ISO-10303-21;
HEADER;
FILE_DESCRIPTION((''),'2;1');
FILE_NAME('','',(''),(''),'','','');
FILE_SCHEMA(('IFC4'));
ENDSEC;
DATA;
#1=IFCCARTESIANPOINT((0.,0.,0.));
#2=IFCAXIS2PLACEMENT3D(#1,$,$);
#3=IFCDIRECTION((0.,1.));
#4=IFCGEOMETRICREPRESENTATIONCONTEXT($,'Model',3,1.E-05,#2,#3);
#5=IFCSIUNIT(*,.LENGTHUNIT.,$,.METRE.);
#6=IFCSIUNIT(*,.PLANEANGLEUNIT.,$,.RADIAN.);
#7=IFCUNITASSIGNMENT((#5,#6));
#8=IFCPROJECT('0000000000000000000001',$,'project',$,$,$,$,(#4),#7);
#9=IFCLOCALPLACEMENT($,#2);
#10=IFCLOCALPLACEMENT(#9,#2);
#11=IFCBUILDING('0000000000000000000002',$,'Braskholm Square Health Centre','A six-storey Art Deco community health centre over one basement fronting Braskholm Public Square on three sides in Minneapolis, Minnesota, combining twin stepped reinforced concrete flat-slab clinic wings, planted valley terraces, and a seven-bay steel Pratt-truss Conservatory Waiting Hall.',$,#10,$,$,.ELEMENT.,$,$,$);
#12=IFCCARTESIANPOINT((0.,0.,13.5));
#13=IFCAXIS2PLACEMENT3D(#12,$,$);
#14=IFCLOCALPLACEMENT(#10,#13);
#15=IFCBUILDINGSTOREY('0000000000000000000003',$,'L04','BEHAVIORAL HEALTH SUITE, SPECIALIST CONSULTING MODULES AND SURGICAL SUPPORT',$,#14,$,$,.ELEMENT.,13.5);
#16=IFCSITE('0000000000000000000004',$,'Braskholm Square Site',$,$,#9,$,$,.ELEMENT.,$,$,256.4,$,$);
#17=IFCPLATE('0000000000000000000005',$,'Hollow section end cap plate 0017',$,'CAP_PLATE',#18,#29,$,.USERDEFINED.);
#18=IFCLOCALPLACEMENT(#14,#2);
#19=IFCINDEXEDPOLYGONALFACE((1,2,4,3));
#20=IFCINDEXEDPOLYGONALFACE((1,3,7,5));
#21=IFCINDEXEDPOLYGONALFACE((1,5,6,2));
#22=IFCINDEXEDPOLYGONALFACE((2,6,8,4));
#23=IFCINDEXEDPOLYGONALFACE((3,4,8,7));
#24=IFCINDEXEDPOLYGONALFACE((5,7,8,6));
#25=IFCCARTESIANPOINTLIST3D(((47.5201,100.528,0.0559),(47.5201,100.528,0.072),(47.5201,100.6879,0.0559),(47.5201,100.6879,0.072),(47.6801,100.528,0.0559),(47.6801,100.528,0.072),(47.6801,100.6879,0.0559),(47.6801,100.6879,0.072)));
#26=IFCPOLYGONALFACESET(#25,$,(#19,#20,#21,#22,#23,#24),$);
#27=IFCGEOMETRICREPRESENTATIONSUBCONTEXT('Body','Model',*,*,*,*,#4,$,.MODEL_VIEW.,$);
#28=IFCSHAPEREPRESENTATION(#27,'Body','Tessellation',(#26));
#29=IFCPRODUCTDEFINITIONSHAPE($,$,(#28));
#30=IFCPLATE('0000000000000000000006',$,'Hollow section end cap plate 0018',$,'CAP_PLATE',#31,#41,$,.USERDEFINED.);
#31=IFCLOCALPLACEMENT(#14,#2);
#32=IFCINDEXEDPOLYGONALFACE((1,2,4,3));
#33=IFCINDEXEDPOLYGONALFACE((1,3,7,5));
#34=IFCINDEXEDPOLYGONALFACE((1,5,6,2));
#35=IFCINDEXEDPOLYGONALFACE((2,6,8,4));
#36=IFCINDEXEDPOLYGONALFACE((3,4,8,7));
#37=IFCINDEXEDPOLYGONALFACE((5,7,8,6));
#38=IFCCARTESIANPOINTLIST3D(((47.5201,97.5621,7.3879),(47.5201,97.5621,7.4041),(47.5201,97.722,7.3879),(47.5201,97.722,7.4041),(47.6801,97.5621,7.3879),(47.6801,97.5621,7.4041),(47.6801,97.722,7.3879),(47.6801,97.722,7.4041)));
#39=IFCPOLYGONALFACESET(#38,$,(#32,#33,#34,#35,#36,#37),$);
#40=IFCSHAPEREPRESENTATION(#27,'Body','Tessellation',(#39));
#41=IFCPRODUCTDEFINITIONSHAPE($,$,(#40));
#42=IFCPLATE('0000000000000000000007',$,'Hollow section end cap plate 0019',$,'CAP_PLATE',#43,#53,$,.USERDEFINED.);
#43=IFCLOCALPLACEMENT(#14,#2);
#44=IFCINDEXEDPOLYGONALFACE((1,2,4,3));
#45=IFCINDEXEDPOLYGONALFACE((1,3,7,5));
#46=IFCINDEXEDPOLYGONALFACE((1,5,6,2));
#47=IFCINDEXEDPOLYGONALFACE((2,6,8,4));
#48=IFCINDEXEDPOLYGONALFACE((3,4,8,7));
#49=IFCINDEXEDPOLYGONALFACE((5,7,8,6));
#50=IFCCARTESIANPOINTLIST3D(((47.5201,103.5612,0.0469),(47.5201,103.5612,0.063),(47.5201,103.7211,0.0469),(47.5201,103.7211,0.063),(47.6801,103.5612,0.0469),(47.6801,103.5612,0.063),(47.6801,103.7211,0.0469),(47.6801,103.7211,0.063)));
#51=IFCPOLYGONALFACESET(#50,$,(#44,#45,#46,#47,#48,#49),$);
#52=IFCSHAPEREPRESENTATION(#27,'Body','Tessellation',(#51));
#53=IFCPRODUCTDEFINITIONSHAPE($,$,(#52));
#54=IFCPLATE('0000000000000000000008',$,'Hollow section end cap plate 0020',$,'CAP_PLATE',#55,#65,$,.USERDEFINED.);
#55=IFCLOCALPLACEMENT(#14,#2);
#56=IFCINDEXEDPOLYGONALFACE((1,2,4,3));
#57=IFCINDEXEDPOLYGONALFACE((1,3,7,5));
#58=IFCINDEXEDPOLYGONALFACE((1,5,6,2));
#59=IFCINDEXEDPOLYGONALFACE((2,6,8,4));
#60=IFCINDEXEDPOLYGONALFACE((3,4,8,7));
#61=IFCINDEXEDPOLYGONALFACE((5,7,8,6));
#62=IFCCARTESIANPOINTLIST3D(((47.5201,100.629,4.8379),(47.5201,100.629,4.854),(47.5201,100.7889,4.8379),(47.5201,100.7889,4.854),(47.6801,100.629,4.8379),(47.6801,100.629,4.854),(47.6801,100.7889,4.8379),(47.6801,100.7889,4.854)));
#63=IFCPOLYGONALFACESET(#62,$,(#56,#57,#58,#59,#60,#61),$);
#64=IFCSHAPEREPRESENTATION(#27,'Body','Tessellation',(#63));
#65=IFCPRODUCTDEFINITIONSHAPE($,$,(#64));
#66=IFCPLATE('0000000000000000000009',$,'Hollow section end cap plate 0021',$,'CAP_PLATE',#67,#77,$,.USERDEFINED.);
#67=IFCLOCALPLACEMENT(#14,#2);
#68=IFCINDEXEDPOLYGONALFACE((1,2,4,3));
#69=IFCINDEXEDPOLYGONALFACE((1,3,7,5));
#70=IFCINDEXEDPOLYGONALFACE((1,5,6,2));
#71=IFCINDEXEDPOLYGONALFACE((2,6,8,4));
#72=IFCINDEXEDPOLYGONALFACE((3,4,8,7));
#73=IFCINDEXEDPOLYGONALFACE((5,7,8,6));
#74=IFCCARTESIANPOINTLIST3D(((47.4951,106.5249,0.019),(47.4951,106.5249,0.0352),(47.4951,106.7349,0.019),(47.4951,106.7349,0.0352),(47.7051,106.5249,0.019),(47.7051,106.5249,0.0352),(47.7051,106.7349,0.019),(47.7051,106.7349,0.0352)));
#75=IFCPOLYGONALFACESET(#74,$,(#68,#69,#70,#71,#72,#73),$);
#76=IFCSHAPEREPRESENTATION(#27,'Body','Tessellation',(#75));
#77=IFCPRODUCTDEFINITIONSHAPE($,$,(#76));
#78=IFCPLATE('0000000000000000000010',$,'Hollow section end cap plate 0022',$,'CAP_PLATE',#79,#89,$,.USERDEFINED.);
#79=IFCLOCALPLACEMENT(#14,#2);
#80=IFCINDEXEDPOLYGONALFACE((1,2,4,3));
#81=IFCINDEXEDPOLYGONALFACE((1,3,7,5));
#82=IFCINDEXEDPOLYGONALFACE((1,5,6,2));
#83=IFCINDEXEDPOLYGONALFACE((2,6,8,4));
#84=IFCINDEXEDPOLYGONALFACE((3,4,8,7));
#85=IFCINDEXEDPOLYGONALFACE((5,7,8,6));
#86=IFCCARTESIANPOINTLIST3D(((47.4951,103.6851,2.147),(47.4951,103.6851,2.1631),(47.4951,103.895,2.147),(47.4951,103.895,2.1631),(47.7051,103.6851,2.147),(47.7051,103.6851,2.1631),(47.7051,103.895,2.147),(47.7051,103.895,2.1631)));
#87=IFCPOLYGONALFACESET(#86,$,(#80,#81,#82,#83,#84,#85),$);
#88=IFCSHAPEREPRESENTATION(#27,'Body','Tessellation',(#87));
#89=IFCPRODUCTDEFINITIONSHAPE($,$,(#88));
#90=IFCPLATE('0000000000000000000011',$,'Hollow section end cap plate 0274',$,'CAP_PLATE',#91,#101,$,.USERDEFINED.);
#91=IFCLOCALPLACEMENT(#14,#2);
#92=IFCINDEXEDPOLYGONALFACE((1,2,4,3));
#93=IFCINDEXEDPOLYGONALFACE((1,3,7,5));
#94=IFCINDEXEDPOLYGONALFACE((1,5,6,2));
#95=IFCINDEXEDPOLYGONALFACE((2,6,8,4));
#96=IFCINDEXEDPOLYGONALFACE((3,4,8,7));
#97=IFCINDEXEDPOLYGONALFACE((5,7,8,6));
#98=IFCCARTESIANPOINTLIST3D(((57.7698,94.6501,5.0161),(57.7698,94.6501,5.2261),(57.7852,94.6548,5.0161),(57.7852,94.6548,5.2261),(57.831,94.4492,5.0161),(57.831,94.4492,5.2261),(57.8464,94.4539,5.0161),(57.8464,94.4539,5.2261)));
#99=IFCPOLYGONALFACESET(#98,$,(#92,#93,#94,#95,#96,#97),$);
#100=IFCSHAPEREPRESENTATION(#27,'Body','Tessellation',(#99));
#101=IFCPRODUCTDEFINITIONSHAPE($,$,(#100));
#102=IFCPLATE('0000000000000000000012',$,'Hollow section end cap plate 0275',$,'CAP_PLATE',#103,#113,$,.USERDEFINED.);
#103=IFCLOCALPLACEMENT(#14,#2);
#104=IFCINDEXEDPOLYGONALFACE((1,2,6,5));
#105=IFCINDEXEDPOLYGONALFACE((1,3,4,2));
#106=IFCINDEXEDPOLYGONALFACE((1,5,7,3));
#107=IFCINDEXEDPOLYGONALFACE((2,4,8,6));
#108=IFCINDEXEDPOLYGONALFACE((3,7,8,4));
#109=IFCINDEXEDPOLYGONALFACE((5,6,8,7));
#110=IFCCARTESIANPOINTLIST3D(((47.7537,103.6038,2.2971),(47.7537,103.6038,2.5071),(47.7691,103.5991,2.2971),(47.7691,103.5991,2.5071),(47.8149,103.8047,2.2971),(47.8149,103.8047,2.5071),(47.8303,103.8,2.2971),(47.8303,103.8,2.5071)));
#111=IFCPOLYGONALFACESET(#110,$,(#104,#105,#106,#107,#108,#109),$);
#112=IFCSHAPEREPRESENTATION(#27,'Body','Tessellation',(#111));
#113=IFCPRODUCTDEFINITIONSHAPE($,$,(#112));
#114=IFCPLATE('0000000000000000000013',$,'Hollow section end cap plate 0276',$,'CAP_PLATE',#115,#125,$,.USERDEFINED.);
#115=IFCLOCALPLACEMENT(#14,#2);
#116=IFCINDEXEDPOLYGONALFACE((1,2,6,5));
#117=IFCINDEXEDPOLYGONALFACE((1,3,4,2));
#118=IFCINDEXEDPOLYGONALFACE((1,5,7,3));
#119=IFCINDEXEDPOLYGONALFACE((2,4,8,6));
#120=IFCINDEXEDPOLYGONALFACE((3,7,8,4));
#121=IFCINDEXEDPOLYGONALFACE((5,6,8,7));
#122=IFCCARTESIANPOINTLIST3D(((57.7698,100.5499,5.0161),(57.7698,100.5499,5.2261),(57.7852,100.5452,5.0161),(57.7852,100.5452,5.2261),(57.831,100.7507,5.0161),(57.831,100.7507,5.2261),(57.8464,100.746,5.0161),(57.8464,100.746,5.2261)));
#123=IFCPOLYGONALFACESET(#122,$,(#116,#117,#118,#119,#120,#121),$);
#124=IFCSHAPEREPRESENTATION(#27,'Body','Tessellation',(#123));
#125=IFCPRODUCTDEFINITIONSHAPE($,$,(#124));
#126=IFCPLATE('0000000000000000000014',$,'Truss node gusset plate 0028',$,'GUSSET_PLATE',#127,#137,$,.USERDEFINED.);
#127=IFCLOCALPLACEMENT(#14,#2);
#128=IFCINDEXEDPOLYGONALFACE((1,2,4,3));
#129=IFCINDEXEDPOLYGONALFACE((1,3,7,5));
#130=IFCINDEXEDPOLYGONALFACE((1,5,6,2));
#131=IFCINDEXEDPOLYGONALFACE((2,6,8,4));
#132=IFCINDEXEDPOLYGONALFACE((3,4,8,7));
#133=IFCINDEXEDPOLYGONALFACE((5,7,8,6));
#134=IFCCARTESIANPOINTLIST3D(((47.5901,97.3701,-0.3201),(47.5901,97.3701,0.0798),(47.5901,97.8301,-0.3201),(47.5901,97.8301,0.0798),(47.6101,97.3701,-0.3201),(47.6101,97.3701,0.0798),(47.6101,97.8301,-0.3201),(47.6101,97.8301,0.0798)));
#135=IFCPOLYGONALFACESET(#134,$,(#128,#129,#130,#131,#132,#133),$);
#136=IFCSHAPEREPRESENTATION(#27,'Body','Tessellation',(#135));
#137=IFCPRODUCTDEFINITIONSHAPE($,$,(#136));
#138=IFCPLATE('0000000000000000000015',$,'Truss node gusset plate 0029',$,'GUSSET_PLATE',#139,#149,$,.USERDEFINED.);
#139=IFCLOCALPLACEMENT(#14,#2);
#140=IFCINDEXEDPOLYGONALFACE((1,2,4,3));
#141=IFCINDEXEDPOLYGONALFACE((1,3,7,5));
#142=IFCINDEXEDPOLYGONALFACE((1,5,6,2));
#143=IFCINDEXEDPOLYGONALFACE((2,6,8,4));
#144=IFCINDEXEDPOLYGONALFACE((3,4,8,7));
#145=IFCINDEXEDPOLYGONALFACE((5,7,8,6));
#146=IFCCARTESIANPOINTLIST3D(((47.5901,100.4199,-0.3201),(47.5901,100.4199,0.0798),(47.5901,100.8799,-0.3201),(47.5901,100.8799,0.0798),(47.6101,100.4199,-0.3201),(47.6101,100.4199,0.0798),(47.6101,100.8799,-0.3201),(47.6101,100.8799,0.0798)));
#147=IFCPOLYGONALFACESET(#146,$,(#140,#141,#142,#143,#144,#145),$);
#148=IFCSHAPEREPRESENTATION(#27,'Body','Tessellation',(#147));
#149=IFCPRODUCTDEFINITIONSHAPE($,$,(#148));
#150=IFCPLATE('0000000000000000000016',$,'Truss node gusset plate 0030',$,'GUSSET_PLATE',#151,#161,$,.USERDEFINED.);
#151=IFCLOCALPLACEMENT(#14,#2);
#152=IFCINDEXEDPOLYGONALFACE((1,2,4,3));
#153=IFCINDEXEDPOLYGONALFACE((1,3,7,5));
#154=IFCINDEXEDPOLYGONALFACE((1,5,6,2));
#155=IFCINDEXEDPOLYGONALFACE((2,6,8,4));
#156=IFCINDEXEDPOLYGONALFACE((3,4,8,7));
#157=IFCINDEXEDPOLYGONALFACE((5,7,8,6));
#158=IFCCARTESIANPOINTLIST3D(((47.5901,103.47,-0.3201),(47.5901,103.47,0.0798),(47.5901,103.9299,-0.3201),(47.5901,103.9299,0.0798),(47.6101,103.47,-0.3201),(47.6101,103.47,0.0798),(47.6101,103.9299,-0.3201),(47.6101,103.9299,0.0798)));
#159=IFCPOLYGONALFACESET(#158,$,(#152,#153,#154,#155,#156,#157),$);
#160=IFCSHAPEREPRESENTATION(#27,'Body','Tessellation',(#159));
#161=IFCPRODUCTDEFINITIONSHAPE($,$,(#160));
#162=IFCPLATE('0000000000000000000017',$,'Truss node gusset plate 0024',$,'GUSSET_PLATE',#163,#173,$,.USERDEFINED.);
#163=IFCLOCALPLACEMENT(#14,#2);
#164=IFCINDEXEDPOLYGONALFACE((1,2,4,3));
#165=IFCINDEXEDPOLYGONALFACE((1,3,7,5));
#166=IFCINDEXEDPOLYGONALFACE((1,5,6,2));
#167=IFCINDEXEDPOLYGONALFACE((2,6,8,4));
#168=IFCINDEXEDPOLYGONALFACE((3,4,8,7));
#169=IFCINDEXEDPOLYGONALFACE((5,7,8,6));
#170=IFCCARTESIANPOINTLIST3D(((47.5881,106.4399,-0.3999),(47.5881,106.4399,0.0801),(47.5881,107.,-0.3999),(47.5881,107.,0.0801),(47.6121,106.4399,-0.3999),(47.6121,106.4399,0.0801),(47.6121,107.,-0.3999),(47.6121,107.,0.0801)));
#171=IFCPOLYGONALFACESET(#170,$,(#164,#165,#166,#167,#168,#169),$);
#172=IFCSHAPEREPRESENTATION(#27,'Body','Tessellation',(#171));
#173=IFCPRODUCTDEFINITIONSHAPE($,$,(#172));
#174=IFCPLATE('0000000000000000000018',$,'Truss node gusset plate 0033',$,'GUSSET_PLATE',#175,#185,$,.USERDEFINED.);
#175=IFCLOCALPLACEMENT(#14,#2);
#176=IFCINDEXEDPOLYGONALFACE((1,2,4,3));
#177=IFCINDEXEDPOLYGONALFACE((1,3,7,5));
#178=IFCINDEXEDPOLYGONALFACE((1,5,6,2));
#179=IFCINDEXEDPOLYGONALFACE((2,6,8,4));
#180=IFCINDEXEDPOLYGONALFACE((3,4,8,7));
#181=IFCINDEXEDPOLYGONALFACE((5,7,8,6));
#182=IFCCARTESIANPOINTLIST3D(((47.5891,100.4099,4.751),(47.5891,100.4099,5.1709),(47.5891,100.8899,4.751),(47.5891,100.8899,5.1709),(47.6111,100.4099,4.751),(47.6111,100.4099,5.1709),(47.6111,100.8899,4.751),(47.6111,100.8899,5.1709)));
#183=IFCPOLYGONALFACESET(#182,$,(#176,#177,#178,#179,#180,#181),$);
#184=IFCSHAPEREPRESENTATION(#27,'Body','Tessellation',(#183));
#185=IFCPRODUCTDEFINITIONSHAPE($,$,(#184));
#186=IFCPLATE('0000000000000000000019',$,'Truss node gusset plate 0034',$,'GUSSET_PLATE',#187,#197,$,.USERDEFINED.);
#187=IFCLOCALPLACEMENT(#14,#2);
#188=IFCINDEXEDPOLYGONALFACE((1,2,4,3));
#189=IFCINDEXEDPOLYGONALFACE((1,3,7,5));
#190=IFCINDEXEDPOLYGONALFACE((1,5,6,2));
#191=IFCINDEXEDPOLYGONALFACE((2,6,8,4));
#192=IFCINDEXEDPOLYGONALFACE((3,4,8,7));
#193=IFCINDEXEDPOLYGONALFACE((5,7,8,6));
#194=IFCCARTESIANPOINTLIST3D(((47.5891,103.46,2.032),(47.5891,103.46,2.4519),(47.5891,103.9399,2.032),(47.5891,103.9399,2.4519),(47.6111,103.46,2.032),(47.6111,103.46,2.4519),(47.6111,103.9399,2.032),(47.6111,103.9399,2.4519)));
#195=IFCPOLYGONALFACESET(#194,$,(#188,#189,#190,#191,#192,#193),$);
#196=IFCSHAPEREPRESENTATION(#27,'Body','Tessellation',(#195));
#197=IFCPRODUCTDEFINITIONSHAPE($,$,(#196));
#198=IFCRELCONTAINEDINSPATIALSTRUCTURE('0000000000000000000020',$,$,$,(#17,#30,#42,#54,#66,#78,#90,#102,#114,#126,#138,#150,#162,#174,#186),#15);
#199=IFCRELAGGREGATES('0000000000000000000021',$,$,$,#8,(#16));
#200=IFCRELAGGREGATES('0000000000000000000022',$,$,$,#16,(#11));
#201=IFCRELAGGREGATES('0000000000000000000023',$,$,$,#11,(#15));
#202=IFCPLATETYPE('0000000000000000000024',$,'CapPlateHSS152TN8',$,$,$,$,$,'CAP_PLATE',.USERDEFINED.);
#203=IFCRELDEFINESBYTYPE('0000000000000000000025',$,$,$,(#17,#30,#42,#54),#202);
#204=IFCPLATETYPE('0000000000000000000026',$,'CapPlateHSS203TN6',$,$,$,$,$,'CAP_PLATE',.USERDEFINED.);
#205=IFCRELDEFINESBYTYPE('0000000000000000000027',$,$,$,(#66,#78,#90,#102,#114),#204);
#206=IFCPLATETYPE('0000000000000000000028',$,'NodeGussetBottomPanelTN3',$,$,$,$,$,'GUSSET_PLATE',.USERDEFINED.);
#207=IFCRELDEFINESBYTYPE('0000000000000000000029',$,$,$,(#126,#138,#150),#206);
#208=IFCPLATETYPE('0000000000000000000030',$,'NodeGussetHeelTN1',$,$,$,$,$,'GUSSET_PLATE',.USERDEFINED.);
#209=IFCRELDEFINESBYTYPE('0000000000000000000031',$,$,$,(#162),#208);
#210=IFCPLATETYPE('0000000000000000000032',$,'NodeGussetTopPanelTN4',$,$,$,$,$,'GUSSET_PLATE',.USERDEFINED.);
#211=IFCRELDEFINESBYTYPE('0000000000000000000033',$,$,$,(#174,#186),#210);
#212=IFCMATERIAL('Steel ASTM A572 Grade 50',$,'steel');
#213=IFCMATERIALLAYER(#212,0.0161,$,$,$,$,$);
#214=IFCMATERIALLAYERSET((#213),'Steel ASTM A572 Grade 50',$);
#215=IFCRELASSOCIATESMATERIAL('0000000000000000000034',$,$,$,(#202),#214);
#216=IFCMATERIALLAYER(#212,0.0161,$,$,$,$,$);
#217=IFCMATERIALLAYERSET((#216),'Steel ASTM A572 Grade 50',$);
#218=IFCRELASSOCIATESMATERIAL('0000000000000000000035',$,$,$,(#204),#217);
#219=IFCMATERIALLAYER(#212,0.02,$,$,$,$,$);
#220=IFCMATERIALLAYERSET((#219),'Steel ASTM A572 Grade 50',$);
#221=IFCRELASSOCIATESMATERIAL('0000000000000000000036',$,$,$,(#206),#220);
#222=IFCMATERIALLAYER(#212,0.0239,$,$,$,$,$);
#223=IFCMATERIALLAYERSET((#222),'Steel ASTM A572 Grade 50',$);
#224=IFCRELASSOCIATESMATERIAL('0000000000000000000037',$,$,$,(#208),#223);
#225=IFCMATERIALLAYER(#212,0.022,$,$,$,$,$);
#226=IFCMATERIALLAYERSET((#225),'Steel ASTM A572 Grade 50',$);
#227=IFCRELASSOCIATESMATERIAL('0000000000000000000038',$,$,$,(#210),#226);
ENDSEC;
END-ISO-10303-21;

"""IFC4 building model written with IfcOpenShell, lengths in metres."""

from ifc_helpers import new_model, si_unit, direction, frame, origin, origin_2d, place, context, subcontext, project, spatial, rectangle, extrude, material, layer, layer_set, type_object, element, save


model = new_model("IFC4")

# Units and contexts
model_context = context("Model", 3, precision=1e-05, world=origin(), true_north=direction((0.0, 1.0)))
body_context = subcontext(model_context, "Body", "Model", "MODEL_VIEW")
ifc_project = project(units=[si_unit("LENGTHUNIT", "METRE"), si_unit("PLANEANGLEUNIT", "RADIAN")], contexts=[model_context])

# Site, building, storey
site_placement = place(None, origin())
site = spatial("IfcSite", under=ifc_project, at=site_placement, Name="Braskholm Square Site", CompositionType="ELEMENT", RefElevation=256.4)
building_placement = place(site_placement, origin())
building = spatial("IfcBuilding", under=site, at=building_placement, Name="Braskholm Square Health Centre", Description="A six-storey Art Deco community health centre over one basement fronting Braskholm Public Square on three sides in Minneapolis, Minnesota, combining twin stepped reinforced concrete flat-slab clinic wings, planted valley terraces, and a seven-bay steel Pratt-truss Conservatory Waiting Hall.", CompositionType="ELEMENT")
storey_placement = place(building_placement, frame((0.0, 0.0, 13.5)))
storey = spatial("IfcBuildingStorey", under=building, at=storey_placement, Name="L04", Description="BEHAVIORAL HEALTH SUITE, SPECIALIST CONSULTING MODULES AND SURGICAL SUPPORT", CompositionType="ELEMENT", Elevation=13.5)

# Plates
ifc_material_1 = material(Name="Steel ASTM A572 Grade 50", Category="steel")
ifc_layer_1 = layer(ifc_material_1, 0.0161)
ifc_layer_set_1 = layer_set([ifc_layer_1], Name="Steel ASTM A572 Grade 50")
plate_type_1 = type_object("IfcPlateType", Name="CapPlateHSS152TN8", ElementType="CAP_PLATE", PredefinedType="USERDEFINED", material=ifc_layer_set_1)
for number, where, z_axis, x_axis, name in (
    (1, (47.6001, 100.6079, 0.0559), (0.0, 0.0, 1.0), (1.0, 0.0, 0.0), "Hollow section end cap plate 0017"),
    (2, (47.6001, 97.6421, 7.3879), (0.0, 0.0, 1.0), (1.0, 0.0, 0.0), "Hollow section end cap plate 0018"),
    (3, (47.6001, 103.6411, 0.0469), (0.0, 0.0, 1.0), (1.0, 0.0, 0.0), "Hollow section end cap plate 0019"),
    (4, (47.6001, 100.709, 4.8379), (0.0, 0.0, 1.0), (1.0, 0.0, 0.0), "Hollow section end cap plate 0020"),
):
    element("IfcPlate", number, at=place(storey_placement, frame(where, z_axis=z_axis, x_axis=x_axis)), inside=storey, type_object=plate_type_1, Name=name, ObjectType="CAP_PLATE", PredefinedType="USERDEFINED", context=body_context, shape_type="SweptSolid", body=[
        extrude(rectangle(XDim=0.1599, YDim=0.1599, at=origin_2d()), origin(), (0.0, 0.0, 1.0), 0.0161),
    ])
ifc_layer_2 = layer(ifc_material_1, 0.0161)
ifc_layer_set_2 = layer_set([ifc_layer_2], Name="Steel ASTM A572 Grade 50")
plate_type_2 = type_object("IfcPlateType", Name="CapPlateHSS203TN6", ElementType="CAP_PLATE", PredefinedType="USERDEFINED", material=ifc_layer_set_2)
for number, where, z_axis, x_axis, name in (
    (5, (47.6001, 106.6299, 0.019), (0.0, 0.0, 1.0), (1.0, 0.0, 0.0), "Hollow section end cap plate 0021"),
    (6, (47.6001, 103.79, 2.147), (0.0, 0.0, 1.0), (1.0, 0.0, 0.0), "Hollow section end cap plate 0022"),
):
    element("IfcPlate", number, at=place(storey_placement, frame(where, z_axis=z_axis, x_axis=x_axis)), inside=storey, type_object=plate_type_2, Name=name, ObjectType="CAP_PLATE", PredefinedType="USERDEFINED", context=body_context, shape_type="SweptSolid", body=[
        extrude(rectangle(XDim=0.21, YDim=0.21, at=origin_2d()), origin(), (0.0, 0.0, 1.0), 0.0161),
    ])
for number, where, z_axis, x_axis, name in (
    (7, (57.8081, 94.552, 5.0161), (0.0, 0.0, 1.0), (0.956498, 0.291737, 0.0), "Hollow section end cap plate 0274"),
    (8, (47.792, 103.7019, 2.2971), (0.0, 0.0, 1.0), (0.956498, -0.291737, 0.0), "Hollow section end cap plate 0275"),
    (9, (57.8081, 100.6479, 5.0161), (0.0, 0.0, 1.0), (0.956498, -0.291737, 0.0), "Hollow section end cap plate 0276"),
):
    element("IfcPlate", number, at=place(storey_placement, frame(where, z_axis=z_axis, x_axis=x_axis)), inside=storey, type_object=plate_type_2, Name=name, ObjectType="CAP_PLATE", PredefinedType="USERDEFINED", context=body_context, shape_type="SweptSolid", body=[
        extrude(rectangle(XDim=0.0161, YDim=0.21, at=origin_2d()), origin(), (0.0, 0.0, 1.0), 0.21),
    ])
ifc_layer_3 = layer(ifc_material_1, 0.02)
ifc_layer_set_3 = layer_set([ifc_layer_3], Name="Steel ASTM A572 Grade 50")
plate_type_3 = type_object("IfcPlateType", Name="NodeGussetBottomPanelTN3", ElementType="GUSSET_PLATE", PredefinedType="USERDEFINED", material=ifc_layer_set_3)
for number, where, z_axis, x_axis, name in (
    (10, (47.6001, 97.6001, -0.3201), (0.0, 0.0, 1.0), (1.0, 0.0, 0.0), "Truss node gusset plate 0028"),
    (11, (47.6001, 100.6499, -0.3201), (0.0, 0.0, 1.0), (1.0, 0.0, 0.0), "Truss node gusset plate 0029"),
    (12, (47.6001, 103.7, -0.3201), (0.0, 0.0, 1.0), (1.0, 0.0, 0.0), "Truss node gusset plate 0030"),
):
    element("IfcPlate", number, at=place(storey_placement, frame(where, z_axis=z_axis, x_axis=x_axis)), inside=storey, type_object=plate_type_3, Name=name, ObjectType="GUSSET_PLATE", PredefinedType="USERDEFINED", context=body_context, shape_type="SweptSolid", body=[
        extrude(rectangle(XDim=0.02, YDim=0.46, at=origin_2d()), origin(), (0.0, 0.0, 1.0), 0.3999),
    ])
ifc_layer_4 = layer(ifc_material_1, 0.0239)
ifc_layer_set_4 = layer_set([ifc_layer_4], Name="Steel ASTM A572 Grade 50")
plate_type_4 = type_object("IfcPlateType", Name="NodeGussetHeelTN1", ElementType="GUSSET_PLATE", PredefinedType="USERDEFINED", material=ifc_layer_set_4)
plate_placement = place(storey_placement, frame((47.6001, 106.72, -0.3999), z_axis=(0.0, 0.0, 1.0), x_axis=(1.0, 0.0, 0.0)))
element("IfcPlate", 13, at=plate_placement, inside=storey, type_object=plate_type_4, Name="Truss node gusset plate 0024", ObjectType="GUSSET_PLATE", PredefinedType="USERDEFINED", context=body_context, shape_type="SweptSolid", body=[
    extrude(rectangle(XDim=0.0239, YDim=0.5601, at=origin_2d()), origin(), (0.0, 0.0, 1.0), 0.48),
])
ifc_layer_5 = layer(ifc_material_1, 0.022)
ifc_layer_set_5 = layer_set([ifc_layer_5], Name="Steel ASTM A572 Grade 50")
plate_type_5 = type_object("IfcPlateType", Name="NodeGussetTopPanelTN4", ElementType="GUSSET_PLATE", PredefinedType="USERDEFINED", material=ifc_layer_set_5)
for number, where, z_axis, x_axis, name in (
    (14, (47.6001, 100.6499, 4.751), (0.0, 0.0, 1.0), (1.0, 0.0, 0.0), "Truss node gusset plate 0033"),
    (15, (47.6001, 103.7, 2.032), (0.0, 0.0, 1.0), (1.0, 0.0, 0.0), "Truss node gusset plate 0034"),
):
    element("IfcPlate", number, at=place(storey_placement, frame(where, z_axis=z_axis, x_axis=x_axis)), inside=storey, type_object=plate_type_5, Name=name, ObjectType="GUSSET_PLATE", PredefinedType="USERDEFINED", context=body_context, shape_type="SweptSolid", body=[
        extrude(rectangle(XDim=0.022, YDim=0.48, at=origin_2d()), origin(), (0.0, 0.0, 1.0), 0.4199),
    ])

save(model, "model.ifc")
